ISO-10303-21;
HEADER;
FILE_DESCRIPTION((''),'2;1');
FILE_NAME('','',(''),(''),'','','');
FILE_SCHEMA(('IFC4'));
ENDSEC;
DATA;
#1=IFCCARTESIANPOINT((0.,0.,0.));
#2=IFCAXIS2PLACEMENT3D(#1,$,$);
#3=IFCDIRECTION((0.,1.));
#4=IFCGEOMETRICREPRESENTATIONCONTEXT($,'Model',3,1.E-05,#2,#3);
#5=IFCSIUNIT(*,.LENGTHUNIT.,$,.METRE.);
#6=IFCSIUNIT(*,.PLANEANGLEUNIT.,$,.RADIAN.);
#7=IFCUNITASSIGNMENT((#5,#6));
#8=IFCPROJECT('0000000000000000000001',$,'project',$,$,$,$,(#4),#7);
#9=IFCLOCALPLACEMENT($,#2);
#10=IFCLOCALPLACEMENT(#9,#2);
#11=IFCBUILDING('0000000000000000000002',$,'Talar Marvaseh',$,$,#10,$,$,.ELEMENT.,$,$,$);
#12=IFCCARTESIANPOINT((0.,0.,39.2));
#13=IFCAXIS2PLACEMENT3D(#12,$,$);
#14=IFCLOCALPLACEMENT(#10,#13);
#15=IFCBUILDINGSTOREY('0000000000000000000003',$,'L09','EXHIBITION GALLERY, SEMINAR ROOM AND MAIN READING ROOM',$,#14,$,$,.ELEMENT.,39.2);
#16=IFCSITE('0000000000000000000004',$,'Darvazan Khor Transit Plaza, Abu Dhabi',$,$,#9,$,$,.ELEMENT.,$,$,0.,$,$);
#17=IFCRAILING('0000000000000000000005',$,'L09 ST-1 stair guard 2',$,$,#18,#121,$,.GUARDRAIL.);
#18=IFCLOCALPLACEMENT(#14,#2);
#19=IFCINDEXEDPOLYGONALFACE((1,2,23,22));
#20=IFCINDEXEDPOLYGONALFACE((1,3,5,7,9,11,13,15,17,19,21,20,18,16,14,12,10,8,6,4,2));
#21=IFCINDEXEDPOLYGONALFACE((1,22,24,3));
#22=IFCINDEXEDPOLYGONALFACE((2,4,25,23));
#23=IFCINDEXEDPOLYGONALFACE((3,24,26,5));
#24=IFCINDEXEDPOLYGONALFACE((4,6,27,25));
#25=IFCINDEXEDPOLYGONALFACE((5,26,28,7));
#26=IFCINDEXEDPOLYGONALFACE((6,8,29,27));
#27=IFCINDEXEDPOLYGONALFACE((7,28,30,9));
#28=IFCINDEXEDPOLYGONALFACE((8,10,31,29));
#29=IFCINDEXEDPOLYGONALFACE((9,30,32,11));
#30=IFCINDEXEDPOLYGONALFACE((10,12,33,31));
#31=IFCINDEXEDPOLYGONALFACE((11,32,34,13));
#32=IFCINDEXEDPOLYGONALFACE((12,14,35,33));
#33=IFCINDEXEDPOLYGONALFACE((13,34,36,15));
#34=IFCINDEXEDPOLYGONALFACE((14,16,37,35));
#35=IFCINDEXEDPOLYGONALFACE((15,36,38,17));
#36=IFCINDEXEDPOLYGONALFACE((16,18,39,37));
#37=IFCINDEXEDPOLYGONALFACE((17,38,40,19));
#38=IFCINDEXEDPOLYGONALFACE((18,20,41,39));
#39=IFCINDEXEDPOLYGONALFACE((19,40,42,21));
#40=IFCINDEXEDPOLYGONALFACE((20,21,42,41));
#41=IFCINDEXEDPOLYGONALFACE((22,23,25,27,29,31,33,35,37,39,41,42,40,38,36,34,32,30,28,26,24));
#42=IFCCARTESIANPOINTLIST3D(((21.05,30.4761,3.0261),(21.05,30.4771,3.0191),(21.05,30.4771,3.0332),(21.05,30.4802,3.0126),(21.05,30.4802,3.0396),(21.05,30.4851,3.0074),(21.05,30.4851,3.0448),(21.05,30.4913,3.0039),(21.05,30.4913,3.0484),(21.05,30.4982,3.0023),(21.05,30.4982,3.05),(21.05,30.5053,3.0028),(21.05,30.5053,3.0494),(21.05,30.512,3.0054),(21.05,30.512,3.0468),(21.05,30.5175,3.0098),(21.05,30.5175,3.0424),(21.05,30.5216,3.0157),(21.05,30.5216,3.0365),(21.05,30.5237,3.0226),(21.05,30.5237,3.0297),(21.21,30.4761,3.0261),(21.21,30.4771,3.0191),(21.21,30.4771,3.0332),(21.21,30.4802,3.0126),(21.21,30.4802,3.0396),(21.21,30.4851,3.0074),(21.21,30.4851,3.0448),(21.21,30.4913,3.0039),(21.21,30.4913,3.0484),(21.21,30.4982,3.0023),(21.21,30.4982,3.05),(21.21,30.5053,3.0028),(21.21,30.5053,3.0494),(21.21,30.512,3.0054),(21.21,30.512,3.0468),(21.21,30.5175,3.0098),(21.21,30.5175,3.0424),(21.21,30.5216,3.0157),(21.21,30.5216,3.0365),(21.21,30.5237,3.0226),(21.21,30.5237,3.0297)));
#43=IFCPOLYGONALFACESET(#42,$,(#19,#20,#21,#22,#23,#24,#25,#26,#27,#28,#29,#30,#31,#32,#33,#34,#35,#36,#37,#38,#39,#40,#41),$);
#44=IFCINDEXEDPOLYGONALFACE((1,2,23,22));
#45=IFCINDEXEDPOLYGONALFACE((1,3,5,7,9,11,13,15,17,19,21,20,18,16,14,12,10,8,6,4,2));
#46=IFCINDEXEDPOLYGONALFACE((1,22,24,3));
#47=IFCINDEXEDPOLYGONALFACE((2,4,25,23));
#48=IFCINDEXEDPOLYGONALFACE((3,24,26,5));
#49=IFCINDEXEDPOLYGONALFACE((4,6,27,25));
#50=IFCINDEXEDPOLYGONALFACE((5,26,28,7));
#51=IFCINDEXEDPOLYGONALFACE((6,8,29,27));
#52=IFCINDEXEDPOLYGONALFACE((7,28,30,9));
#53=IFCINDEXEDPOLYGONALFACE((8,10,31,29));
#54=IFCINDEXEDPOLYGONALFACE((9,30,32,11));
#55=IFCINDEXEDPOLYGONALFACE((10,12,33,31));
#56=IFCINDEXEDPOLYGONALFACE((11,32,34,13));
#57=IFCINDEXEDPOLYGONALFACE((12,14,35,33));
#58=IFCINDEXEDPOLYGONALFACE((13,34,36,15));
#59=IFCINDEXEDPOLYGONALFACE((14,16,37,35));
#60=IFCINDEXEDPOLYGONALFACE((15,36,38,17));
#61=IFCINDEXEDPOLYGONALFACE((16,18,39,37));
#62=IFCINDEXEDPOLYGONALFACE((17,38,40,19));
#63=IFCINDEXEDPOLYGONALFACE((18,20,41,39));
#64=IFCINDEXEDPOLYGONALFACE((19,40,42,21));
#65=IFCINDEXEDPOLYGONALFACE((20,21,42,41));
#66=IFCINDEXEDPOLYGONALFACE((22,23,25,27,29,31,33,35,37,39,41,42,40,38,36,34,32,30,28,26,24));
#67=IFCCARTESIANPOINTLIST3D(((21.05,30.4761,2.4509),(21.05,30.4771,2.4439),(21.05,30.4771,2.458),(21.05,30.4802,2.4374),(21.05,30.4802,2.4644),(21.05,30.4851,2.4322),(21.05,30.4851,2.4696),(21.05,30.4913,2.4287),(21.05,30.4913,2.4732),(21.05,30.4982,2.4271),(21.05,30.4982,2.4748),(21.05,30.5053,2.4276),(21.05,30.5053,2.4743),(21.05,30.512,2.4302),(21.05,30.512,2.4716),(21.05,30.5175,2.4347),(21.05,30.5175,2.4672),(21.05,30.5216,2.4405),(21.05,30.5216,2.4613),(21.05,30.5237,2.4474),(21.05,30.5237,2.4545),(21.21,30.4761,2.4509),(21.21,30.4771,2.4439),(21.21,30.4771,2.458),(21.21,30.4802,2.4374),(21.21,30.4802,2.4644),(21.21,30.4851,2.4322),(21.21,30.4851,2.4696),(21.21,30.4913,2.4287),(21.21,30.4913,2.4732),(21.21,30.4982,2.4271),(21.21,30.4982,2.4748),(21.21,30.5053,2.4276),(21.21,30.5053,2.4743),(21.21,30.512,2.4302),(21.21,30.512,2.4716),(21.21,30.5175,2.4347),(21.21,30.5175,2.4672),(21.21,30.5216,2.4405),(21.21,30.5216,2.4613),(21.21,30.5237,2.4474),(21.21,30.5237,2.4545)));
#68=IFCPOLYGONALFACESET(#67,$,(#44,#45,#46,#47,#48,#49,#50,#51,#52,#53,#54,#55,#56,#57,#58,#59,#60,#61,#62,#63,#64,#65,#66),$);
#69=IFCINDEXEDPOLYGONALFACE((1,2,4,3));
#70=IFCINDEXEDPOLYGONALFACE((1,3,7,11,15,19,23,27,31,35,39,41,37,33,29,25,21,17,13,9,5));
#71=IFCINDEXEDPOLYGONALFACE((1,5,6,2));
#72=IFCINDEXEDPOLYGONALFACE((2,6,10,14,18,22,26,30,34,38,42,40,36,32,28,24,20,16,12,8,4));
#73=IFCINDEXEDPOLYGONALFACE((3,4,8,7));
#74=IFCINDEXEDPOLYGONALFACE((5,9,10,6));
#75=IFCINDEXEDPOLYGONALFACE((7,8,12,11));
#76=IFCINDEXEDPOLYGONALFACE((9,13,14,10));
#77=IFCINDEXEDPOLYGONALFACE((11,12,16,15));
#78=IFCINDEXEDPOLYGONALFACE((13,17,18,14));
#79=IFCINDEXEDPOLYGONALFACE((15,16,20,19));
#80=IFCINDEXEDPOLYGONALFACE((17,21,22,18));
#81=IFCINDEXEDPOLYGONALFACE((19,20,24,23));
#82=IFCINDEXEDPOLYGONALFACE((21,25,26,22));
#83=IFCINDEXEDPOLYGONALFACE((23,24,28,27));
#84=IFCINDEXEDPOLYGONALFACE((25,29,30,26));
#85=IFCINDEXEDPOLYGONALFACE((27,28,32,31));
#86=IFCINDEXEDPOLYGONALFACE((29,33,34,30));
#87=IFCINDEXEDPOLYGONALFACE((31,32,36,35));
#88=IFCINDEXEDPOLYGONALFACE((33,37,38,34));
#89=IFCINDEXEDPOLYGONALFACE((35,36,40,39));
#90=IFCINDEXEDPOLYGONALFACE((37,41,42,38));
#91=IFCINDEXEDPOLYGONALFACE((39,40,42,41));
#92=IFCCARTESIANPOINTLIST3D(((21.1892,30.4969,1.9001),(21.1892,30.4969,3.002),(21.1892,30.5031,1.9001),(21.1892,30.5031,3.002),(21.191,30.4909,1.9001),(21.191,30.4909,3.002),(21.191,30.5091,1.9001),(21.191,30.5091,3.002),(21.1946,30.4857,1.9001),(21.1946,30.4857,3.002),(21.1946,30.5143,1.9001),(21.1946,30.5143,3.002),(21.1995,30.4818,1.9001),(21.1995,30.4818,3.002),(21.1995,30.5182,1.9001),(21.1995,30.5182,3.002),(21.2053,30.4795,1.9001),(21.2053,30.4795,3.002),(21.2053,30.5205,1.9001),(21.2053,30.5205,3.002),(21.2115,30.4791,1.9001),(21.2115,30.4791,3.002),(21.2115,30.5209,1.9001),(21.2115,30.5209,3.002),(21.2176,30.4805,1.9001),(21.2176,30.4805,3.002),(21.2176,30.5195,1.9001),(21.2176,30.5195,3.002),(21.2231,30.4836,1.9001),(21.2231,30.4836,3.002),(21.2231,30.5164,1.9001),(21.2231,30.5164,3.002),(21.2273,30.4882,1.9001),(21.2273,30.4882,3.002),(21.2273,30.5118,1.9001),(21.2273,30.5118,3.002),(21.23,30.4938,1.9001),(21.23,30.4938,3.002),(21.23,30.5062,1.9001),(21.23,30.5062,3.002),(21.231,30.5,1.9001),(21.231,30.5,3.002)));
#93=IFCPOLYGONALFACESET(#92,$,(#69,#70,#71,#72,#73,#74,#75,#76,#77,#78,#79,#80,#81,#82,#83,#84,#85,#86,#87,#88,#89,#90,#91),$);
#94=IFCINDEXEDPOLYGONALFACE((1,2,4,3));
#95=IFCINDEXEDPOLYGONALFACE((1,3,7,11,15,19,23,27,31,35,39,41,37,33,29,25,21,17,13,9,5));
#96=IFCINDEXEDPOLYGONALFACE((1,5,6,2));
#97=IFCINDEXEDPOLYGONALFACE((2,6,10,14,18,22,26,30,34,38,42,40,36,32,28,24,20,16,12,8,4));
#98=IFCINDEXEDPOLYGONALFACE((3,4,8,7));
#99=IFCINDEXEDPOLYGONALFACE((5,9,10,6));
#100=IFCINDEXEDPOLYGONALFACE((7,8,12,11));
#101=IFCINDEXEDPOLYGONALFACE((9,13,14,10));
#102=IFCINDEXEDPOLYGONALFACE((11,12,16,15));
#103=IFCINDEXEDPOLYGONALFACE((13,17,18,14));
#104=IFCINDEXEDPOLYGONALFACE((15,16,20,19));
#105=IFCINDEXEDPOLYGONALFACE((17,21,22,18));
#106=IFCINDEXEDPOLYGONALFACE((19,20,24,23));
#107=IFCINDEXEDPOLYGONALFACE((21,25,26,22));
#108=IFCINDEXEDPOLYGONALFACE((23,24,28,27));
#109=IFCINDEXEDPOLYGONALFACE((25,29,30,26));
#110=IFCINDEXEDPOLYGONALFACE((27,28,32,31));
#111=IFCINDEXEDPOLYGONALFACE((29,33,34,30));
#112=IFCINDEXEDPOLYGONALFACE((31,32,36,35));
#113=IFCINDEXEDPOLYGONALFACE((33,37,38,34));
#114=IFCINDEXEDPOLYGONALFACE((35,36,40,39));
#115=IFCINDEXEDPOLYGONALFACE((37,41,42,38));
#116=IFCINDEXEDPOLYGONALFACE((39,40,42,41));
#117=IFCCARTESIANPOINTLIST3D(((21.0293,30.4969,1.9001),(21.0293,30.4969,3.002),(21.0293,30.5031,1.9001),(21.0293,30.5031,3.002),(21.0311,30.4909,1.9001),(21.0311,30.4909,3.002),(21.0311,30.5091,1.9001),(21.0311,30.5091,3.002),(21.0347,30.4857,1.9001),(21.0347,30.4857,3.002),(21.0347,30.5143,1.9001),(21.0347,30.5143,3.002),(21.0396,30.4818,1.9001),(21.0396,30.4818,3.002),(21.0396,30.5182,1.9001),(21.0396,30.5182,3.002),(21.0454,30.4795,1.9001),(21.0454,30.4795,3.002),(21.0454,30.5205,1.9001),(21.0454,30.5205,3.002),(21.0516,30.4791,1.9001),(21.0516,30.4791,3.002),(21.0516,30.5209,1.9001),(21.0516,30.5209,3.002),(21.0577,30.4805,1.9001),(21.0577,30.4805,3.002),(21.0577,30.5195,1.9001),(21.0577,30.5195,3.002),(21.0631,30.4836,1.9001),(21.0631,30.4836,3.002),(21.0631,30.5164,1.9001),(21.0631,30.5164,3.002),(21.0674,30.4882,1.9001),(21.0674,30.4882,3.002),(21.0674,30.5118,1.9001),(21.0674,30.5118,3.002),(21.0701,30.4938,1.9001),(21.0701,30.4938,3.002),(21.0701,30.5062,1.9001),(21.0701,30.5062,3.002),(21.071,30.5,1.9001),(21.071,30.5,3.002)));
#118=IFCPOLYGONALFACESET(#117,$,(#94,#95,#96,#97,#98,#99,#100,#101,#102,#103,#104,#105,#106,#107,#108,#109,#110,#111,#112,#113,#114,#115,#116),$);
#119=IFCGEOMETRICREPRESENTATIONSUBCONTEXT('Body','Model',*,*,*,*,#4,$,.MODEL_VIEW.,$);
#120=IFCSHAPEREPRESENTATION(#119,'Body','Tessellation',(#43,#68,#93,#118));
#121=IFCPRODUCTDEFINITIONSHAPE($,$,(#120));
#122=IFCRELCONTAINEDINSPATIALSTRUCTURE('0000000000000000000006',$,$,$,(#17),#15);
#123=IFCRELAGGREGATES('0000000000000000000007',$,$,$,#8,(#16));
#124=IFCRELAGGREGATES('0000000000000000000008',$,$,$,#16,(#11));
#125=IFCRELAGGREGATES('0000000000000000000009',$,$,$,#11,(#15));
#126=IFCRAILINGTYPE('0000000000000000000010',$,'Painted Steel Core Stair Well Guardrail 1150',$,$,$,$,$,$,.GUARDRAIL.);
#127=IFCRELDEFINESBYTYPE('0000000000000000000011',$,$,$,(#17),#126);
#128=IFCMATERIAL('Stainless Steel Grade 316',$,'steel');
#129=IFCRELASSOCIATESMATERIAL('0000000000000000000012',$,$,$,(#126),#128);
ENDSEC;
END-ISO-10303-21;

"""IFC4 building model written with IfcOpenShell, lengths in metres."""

from ifc_helpers import new_model, si_unit, direction, frame, origin, origin_2d, place, context, subcontext, project, spatial, circle, extrude, material, type_object, element, save


model = new_model("IFC4")

# Units and contexts
model_context = context("Model", 3, precision=1e-05, world=origin(), true_north=direction((0.0, 1.0)))
body_context = subcontext(model_context, "Body", "Model", "MODEL_VIEW")
ifc_project = project(units=[si_unit("LENGTHUNIT", "METRE"), si_unit("PLANEANGLEUNIT", "RADIAN")], contexts=[model_context])

# Site, building, storey
site_placement = place(None, origin())
site = spatial("IfcSite", under=ifc_project, at=site_placement, Name="Darvazan Khor Transit Plaza, Abu Dhabi", CompositionType="ELEMENT", RefElevation=0.0)
building_placement = place(site_placement, origin())
building = spatial("IfcBuilding", under=site, at=building_placement, Name="Talar Marvaseh", CompositionType="ELEMENT")
storey_placement = place(building_placement, frame((0.0, 0.0, 39.2)))
storey = spatial("IfcBuildingStorey", under=building, at=storey_placement, Name="L09", Description="EXHIBITION GALLERY, SEMINAR ROOM AND MAIN READING ROOM", CompositionType="ELEMENT", Elevation=39.2)

# Railing
ifc_material_1 = material(Name="Stainless Steel Grade 316", Category="steel")
railing_type_1 = type_object("IfcRailingType", Name="Painted Steel Core Stair Well Guardrail 1150", PredefinedType="GUARDRAIL", material=ifc_material_1)
railing_1_placement = place(storey_placement, frame((21.21, 30.5, 1.9001)))
element("IfcRailing", 1, at=railing_1_placement, inside=storey, type_object=railing_type_1, Name="L09 ST-1 stair guard 2", PredefinedType="GUARDRAIL", context=body_context, shape_type="SweptSolid", body=[
    extrude(circle(Radius=0.0239, at=origin_2d()), frame((0.0, 0.0, 1.126), z_axis=(-1.0, 0.0, 0.0), x_axis=(0.0, -1.0, 0.0)), (0.0, 0.0, 1.0), 0.1599),
    extrude(circle(Radius=0.0239, at=origin_2d()), frame((0.0, 0.0, 0.5508), z_axis=(-1.0, 0.0, 0.0), x_axis=(0.0, -1.0, 0.0)), (0.0, 0.0, 1.0), 0.1599),
    extrude(circle(Radius=0.021, at=origin_2d()), origin(), (0.0, 0.0, 1.0), 1.1018),
    extrude(circle(Radius=0.021, at=origin_2d()), frame((-0.1599, 0.0, 0.0)), (0.0, 0.0, 1.0), 1.1018),
])

save(model, "model.ifc")
